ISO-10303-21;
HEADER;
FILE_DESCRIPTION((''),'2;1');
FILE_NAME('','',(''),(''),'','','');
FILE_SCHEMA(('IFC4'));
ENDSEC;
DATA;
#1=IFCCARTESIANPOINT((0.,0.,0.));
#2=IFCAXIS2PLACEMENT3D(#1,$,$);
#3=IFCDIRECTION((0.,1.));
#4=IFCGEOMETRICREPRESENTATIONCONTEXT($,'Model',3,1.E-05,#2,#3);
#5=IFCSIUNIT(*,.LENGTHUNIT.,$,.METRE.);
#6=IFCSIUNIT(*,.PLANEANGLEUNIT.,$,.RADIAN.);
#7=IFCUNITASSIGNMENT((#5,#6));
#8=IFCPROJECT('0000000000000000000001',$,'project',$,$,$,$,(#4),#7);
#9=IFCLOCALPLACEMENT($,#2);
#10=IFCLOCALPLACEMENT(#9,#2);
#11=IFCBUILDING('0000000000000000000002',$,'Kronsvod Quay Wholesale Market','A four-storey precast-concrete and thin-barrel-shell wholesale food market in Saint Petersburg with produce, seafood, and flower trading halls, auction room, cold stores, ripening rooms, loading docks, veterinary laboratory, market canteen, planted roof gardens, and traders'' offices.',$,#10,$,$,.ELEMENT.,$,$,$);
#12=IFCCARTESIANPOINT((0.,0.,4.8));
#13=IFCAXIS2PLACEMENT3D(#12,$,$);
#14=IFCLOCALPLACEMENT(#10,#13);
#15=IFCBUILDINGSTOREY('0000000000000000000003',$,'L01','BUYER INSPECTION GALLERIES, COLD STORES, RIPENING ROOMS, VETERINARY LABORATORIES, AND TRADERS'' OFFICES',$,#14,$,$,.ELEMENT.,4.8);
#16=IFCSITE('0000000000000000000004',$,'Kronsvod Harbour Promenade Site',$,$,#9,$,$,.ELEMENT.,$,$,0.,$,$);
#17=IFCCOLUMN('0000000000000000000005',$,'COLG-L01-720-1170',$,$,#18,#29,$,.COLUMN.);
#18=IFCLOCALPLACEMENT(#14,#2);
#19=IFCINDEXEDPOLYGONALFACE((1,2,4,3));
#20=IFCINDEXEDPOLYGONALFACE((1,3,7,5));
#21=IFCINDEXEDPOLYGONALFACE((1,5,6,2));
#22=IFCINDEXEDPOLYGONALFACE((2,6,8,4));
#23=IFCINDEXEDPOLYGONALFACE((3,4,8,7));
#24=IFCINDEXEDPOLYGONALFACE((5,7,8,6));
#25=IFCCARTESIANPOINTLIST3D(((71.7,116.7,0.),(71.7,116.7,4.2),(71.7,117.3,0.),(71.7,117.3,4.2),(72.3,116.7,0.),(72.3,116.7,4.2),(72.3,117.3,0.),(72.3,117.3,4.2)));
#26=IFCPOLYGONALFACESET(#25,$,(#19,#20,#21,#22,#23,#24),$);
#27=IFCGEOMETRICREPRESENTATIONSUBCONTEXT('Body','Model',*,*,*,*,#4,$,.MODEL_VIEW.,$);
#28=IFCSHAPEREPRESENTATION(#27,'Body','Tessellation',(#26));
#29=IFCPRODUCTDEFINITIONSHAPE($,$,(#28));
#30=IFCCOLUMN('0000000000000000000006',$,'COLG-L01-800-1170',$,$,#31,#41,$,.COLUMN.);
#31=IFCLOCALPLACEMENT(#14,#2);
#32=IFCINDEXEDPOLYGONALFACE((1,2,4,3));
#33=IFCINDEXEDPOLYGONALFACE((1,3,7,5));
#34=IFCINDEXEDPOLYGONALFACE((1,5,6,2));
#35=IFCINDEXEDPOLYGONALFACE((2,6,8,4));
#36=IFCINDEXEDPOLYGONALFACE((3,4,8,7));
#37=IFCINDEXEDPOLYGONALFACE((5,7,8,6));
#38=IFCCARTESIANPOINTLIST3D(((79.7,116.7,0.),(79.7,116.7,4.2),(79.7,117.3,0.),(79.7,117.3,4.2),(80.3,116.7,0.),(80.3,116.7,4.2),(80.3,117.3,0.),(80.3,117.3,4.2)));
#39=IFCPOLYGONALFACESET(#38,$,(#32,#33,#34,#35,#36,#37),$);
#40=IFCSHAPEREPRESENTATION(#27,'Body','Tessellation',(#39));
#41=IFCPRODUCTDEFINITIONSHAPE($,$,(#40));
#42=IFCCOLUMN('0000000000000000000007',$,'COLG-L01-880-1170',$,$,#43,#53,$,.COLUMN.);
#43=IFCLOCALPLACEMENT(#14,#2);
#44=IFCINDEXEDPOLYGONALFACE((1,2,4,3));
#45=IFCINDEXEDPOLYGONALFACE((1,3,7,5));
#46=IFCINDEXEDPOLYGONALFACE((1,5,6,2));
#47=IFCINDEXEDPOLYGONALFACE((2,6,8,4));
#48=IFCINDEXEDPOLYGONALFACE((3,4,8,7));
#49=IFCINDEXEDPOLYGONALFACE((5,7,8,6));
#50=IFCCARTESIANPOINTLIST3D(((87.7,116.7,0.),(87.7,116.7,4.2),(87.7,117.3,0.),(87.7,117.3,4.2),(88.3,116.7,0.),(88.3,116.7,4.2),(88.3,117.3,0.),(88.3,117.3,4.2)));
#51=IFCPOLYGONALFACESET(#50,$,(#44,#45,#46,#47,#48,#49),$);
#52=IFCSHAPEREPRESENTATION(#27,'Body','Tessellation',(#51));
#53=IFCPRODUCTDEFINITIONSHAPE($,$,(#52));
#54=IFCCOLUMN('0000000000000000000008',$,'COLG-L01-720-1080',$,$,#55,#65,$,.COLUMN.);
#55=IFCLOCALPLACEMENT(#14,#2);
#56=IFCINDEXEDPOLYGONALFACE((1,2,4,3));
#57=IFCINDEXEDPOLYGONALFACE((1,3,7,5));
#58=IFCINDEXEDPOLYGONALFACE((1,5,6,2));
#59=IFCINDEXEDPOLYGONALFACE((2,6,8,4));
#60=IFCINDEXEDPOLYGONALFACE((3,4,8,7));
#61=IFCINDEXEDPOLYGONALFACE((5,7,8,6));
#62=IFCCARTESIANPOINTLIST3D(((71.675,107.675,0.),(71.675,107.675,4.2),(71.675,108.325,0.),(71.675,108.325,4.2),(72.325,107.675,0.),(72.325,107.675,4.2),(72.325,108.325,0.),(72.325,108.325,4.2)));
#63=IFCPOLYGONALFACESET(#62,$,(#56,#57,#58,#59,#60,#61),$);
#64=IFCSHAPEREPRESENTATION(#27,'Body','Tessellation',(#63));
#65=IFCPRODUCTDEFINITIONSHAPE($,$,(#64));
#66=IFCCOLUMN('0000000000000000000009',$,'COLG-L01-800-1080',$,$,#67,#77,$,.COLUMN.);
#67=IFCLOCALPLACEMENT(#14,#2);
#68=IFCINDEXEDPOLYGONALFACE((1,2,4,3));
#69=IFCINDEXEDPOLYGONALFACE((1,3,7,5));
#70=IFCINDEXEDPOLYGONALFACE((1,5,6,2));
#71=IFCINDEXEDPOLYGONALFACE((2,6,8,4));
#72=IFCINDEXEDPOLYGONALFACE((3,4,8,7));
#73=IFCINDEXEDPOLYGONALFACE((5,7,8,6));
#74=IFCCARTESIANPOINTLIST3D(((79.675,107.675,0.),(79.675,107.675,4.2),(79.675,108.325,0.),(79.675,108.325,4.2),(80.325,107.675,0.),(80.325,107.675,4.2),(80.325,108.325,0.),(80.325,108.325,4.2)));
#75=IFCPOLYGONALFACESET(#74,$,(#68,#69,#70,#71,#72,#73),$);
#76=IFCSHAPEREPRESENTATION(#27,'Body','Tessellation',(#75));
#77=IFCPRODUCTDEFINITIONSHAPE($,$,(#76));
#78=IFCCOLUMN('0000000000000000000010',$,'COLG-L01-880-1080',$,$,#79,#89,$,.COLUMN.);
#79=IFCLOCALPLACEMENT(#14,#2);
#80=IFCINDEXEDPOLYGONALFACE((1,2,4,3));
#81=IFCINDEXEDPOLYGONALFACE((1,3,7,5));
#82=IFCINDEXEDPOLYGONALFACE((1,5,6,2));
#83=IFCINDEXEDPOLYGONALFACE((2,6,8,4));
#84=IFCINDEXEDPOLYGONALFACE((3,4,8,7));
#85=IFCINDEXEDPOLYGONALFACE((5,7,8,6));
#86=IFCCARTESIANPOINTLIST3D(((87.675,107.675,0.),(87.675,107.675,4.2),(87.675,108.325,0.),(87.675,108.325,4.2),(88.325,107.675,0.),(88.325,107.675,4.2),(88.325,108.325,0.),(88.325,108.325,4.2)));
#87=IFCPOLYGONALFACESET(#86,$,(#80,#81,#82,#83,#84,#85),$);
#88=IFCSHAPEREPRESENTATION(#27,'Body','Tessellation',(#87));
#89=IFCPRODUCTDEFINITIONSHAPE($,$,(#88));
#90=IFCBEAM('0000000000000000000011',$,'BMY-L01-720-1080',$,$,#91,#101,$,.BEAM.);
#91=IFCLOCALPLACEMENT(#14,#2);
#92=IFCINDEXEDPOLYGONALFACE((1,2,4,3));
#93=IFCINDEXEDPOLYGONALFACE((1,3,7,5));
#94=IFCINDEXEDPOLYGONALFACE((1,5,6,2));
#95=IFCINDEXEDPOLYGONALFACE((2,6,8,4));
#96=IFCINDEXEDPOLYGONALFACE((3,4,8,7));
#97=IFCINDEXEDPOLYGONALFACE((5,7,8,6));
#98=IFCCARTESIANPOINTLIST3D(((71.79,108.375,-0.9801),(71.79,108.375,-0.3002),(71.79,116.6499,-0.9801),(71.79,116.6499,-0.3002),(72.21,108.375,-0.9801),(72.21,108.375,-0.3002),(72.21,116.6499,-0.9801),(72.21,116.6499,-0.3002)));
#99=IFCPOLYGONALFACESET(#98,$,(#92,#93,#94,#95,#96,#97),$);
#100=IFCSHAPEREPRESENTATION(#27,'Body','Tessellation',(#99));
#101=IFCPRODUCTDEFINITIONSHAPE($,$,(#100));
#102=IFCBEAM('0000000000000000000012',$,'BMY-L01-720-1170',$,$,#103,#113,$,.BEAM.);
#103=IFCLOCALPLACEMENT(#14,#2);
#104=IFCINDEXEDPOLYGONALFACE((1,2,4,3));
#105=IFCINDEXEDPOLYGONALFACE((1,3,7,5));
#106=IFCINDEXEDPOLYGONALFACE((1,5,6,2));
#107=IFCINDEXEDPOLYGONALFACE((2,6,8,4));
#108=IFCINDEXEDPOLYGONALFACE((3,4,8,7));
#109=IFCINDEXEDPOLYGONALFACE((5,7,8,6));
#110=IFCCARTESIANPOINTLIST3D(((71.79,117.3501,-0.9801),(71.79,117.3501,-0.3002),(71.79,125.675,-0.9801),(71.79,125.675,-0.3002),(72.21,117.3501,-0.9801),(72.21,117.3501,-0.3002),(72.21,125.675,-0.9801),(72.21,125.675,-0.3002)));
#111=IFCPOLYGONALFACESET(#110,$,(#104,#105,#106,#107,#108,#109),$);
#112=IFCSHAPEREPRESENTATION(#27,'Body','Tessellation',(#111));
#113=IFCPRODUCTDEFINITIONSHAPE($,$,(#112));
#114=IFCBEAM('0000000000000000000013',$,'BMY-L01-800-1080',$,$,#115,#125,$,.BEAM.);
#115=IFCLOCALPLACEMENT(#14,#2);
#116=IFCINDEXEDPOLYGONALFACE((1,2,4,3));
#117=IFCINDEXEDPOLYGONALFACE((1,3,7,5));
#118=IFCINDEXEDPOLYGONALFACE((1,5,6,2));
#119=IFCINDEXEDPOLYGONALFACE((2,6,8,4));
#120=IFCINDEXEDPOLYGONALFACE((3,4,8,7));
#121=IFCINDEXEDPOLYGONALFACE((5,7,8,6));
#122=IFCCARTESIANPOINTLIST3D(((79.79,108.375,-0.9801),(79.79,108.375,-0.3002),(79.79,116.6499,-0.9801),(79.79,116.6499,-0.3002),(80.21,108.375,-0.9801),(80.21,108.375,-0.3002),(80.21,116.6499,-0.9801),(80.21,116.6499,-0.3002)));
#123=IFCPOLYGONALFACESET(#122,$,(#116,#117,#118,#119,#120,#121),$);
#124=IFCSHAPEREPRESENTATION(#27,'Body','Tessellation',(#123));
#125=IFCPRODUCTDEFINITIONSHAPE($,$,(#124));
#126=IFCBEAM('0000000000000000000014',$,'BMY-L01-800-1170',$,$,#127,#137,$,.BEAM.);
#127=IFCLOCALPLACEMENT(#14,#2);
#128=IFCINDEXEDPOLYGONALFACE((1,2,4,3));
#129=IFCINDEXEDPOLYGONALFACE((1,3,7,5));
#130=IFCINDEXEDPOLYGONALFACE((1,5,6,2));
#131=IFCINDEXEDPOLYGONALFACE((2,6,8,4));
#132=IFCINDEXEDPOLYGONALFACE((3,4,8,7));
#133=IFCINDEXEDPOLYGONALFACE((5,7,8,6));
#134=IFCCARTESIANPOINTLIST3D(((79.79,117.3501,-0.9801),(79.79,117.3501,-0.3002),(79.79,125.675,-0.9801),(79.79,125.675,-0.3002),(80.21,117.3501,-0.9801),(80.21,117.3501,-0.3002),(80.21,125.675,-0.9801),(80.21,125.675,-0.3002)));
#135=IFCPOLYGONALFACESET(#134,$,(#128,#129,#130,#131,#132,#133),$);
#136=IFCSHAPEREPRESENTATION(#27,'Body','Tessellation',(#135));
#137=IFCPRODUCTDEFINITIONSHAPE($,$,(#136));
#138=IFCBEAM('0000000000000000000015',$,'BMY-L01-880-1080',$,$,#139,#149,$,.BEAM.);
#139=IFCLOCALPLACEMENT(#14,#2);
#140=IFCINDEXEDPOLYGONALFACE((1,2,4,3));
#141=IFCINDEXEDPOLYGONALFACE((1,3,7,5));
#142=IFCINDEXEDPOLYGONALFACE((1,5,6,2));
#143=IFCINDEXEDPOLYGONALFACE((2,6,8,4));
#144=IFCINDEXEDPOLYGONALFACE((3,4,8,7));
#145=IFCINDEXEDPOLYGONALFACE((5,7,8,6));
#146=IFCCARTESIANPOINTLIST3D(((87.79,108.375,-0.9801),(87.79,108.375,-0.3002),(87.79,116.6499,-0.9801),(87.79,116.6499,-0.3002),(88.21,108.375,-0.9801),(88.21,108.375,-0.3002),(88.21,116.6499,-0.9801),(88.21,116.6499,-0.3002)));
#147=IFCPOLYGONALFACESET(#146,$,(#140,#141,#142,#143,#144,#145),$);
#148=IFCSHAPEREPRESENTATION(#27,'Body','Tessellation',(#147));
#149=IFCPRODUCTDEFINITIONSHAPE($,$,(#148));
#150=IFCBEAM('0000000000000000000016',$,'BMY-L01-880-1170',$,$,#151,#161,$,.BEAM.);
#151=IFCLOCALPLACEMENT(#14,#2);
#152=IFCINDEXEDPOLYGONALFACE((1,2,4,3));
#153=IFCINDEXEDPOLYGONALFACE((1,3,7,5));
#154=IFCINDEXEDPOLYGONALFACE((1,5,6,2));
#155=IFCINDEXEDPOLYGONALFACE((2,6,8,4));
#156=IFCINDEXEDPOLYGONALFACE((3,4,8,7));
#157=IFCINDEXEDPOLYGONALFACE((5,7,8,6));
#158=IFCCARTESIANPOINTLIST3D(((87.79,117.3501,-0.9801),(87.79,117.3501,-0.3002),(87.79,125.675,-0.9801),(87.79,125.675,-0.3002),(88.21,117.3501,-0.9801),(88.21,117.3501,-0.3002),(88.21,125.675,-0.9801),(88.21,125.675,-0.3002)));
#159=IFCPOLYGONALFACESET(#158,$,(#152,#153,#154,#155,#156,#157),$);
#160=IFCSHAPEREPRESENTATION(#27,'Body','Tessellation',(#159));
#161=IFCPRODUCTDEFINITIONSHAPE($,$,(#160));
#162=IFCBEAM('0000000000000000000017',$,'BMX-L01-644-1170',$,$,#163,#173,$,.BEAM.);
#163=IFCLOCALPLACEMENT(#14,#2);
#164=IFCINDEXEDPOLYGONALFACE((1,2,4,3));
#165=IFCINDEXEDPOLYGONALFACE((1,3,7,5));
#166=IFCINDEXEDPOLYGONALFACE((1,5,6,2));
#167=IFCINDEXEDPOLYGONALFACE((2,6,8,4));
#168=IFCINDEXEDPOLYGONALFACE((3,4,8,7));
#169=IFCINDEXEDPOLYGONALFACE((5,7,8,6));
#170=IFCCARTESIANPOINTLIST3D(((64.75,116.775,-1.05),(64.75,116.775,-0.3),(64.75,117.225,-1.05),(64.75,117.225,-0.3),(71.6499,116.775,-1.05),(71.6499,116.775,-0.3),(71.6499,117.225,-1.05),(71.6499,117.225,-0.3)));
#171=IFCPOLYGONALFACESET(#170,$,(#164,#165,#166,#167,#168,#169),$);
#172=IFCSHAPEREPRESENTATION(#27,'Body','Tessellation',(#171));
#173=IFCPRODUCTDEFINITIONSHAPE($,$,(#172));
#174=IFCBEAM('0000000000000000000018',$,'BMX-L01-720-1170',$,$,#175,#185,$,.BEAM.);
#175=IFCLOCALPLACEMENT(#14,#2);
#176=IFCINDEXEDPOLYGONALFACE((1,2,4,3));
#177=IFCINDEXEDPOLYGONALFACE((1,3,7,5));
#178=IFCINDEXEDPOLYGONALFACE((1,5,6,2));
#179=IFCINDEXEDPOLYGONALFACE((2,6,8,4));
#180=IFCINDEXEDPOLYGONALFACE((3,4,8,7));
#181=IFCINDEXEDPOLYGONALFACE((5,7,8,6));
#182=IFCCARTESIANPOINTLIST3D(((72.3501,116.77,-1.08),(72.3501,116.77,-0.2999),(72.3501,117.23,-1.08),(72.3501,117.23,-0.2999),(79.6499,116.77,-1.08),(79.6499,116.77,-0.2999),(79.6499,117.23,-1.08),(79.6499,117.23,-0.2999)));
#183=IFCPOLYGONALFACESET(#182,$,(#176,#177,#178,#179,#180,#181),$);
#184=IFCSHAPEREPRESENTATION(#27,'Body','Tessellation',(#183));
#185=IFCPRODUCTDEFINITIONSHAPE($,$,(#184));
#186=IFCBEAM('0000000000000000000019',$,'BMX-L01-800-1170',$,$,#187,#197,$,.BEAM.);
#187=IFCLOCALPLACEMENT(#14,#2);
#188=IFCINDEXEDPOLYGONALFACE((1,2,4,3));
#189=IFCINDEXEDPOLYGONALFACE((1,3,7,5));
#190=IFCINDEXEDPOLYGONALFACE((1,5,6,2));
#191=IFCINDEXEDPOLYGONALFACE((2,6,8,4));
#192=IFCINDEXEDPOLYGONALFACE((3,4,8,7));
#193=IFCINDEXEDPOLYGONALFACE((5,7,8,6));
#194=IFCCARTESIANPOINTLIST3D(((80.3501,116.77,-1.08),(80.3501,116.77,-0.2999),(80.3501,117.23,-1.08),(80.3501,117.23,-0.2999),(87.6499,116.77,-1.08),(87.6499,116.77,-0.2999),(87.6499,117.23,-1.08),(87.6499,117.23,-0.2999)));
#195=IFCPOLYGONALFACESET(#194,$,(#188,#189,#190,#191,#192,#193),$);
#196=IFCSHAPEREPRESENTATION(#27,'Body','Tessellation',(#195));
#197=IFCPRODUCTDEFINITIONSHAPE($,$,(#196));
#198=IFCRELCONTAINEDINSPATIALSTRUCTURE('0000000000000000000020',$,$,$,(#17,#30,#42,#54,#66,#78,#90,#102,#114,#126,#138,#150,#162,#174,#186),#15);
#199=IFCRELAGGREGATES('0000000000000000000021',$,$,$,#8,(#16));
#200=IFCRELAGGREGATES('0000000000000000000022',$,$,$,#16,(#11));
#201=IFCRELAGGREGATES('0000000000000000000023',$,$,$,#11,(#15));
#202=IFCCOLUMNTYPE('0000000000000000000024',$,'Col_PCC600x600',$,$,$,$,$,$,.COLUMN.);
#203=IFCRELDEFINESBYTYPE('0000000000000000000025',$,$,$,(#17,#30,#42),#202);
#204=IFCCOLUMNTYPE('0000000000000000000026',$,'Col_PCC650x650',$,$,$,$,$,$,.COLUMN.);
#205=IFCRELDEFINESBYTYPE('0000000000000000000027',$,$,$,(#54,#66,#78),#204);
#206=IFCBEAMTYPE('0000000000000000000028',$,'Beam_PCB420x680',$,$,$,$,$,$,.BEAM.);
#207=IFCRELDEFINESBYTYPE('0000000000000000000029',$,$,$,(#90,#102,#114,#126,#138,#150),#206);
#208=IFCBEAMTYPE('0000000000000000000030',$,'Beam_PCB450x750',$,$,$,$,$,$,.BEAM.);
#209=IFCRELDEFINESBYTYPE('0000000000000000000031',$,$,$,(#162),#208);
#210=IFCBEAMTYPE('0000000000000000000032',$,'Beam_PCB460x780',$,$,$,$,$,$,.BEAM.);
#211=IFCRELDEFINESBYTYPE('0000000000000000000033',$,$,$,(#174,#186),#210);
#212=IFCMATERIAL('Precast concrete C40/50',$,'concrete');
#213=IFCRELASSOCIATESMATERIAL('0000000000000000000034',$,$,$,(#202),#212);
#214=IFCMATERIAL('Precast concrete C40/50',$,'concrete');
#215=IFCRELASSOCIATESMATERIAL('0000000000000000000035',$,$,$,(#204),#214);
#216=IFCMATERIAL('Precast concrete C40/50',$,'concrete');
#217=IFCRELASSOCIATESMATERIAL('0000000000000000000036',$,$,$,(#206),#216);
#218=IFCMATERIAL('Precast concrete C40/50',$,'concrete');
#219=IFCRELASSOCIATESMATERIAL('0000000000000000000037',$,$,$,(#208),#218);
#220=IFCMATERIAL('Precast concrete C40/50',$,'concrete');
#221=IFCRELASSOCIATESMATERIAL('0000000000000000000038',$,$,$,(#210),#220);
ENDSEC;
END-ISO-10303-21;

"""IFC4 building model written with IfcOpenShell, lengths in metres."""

from ifc_helpers import new_model, si_unit, direction, frame, origin, origin_2d, place, context, subcontext, project, spatial, rectangle, extrude, material, material_profile, profile_set, type_object, element, save


model = new_model("IFC4")

# Units and contexts
model_context = context("Model", 3, precision=1e-05, world=origin(), true_north=direction((0.0, 1.0)))
body_context = subcontext(model_context, "Body", "Model", "MODEL_VIEW")
ifc_project = project(units=[si_unit("LENGTHUNIT", "METRE"), si_unit("PLANEANGLEUNIT", "RADIAN")], contexts=[model_context])

# Site, building, storey
site_placement = place(None, origin())
site = spatial("IfcSite", under=ifc_project, at=site_placement, Name="Kronsvod Harbour Promenade Site", CompositionType="ELEMENT", RefElevation=0.0)
building_placement = place(site_placement, origin())
building = spatial("IfcBuilding", under=site, at=building_placement, Name="Kronsvod Quay Wholesale Market", Description="A four-storey precast-concrete and thin-barrel-shell wholesale food market in Saint Petersburg with produce, seafood, and flower trading halls, auction room, cold stores, ripening rooms, loading docks, veterinary laboratory, market canteen, planted roof gardens, and traders' offices.", CompositionType="ELEMENT")
storey_placement = place(building_placement, frame((0.0, 0.0, 4.8)))
storey = spatial("IfcBuildingStorey", under=building, at=storey_placement, Name="L01", Description="BUYER INSPECTION GALLERIES, COLD STORES, RIPENING ROOMS, VETERINARY LABORATORIES, AND TRADERS' OFFICES", CompositionType="ELEMENT", Elevation=4.8)

# Columns
ifc_material_1 = material(Name="Precast concrete C40/50", Category="concrete")
ifc_material_profile_1 = material_profile(ifc_material_1, rectangle(XDim=0.6001, YDim=0.6001, at=origin_2d()), Name="PCC600x600")
ifc_profile_set_1 = profile_set([ifc_material_profile_1], Name="Precast concrete C40/50")
column_type_1 = type_object("IfcColumnType", Name="Col_PCC600x600", PredefinedType="COLUMN", material=ifc_profile_set_1)
for number, where, z_axis, x_axis, name in (
    (1, (72.0, 117.0, 0.0), (0.0, 0.0, 1.0), (1.0, 0.0, 0.0), "COLG-L01-720-1170"),
    (2, (80.0, 117.0, 0.0), (0.0, 0.0, 1.0), (1.0, 0.0, 0.0), "COLG-L01-800-1170"),
    (3, (88.0, 117.0, 0.0), (0.0, 0.0, 1.0), (1.0, 0.0, 0.0), "COLG-L01-880-1170"),
):
    element("IfcColumn", number, at=place(storey_placement, frame(where, z_axis=z_axis, x_axis=x_axis)), inside=storey, type_object=column_type_1, Name=name, PredefinedType="COLUMN", context=body_context, shape_type="SweptSolid", body=[
        extrude(rectangle(XDim=0.6001, YDim=0.6001, at=origin_2d()), origin(), (0.0, 0.0, 1.0), 4.2),
    ])
ifc_material_2 = material(Name="Precast concrete C40/50", Category="concrete")
ifc_material_profile_2 = material_profile(ifc_material_2, rectangle(XDim=0.6499, YDim=0.6499, at=origin_2d()), Name="COL-08")
ifc_profile_set_2 = profile_set([ifc_material_profile_2], Name="Precast concrete C40/50")
column_type_2 = type_object("IfcColumnType", Name="Col_PCC650x650", PredefinedType="COLUMN", material=ifc_profile_set_2)
for number, where, z_axis, x_axis, name in (
    (4, (72.0, 108.0, 0.0), (0.0, 0.0, 1.0), (1.0, 0.0, 0.0), "COLG-L01-720-1080"),
    (5, (80.0, 108.0, 0.0), (0.0, 0.0, 1.0), (1.0, 0.0, 0.0), "COLG-L01-800-1080"),
    (6, (88.0, 108.0, 0.0), (0.0, 0.0, 1.0), (1.0, 0.0, 0.0), "COLG-L01-880-1080"),
):
    element("IfcColumn", number, at=place(storey_placement, frame(where, z_axis=z_axis, x_axis=x_axis)), inside=storey, type_object=column_type_2, Name=name, PredefinedType="COLUMN", context=body_context, shape_type="SweptSolid", body=[
        extrude(rectangle(XDim=0.6499, YDim=0.6499, at=origin_2d()), origin(), (0.0, 0.0, 1.0), 4.2),
    ])

# Beams
ifc_material_3 = material(Name="Precast concrete C40/50", Category="concrete")
ifc_material_profile_3 = material_profile(ifc_material_3, rectangle(XDim=0.4199, YDim=0.6799, at=origin_2d()), Name="PB-05")
ifc_profile_set_3 = profile_set([ifc_material_profile_3], Name="Precast concrete C40/50")
beam_type_1 = type_object("IfcBeamType", Name="Beam_PCB420x680", PredefinedType="BEAM", material=ifc_profile_set_3)
beam_1_placement = place(storey_placement, frame((72.0, 108.375, -0.6401), z_axis=(0.0, 1.0, 0.0), x_axis=(-1.0, 0.0, 0.0)))
element("IfcBeam", 7, at=beam_1_placement, inside=storey, type_object=beam_type_1, Name="BMY-L01-720-1080", PredefinedType="BEAM", context=body_context, shape_type="SweptSolid", body=[
    extrude(rectangle(XDim=0.4199, YDim=0.6799, at=origin_2d()), origin(), (0.0, 0.0, 1.0), 8.2749),
])
beam_2_placement = place(storey_placement, frame((72.0, 117.3501, -0.6401), z_axis=(0.0, 1.0, 0.0), x_axis=(-1.0, 0.0, 0.0)))
element("IfcBeam", 8, at=beam_2_placement, inside=storey, type_object=beam_type_1, Name="BMY-L01-720-1170", PredefinedType="BEAM", context=body_context, shape_type="SweptSolid", body=[
    extrude(rectangle(XDim=0.4199, YDim=0.6799, at=origin_2d()), origin(), (0.0, 0.0, 1.0), 8.325),
])
beam_3_placement = place(storey_placement, frame((80.0, 108.375, -0.6401), z_axis=(0.0, 1.0, 0.0), x_axis=(-1.0, 0.0, 0.0)))
element("IfcBeam", 9, at=beam_3_placement, inside=storey, type_object=beam_type_1, Name="BMY-L01-800-1080", PredefinedType="BEAM", context=body_context, shape_type="SweptSolid", body=[
    extrude(rectangle(XDim=0.4199, YDim=0.6799, at=origin_2d()), origin(), (0.0, 0.0, 1.0), 8.2749),
])
beam_4_placement = place(storey_placement, frame((80.0, 117.3501, -0.6401), z_axis=(0.0, 1.0, 0.0), x_axis=(-1.0, 0.0, 0.0)))
element("IfcBeam", 10, at=beam_4_placement, inside=storey, type_object=beam_type_1, Name="BMY-L01-800-1170", PredefinedType="BEAM", context=body_context, shape_type="SweptSolid", body=[
    extrude(rectangle(XDim=0.4199, YDim=0.6799, at=origin_2d()), origin(), (0.0, 0.0, 1.0), 8.325),
])
beam_5_placement = place(storey_placement, frame((88.0, 108.375, -0.6401), z_axis=(0.0, 1.0, 0.0), x_axis=(-1.0, 0.0, 0.0)))
element("IfcBeam", 11, at=beam_5_placement, inside=storey, type_object=beam_type_1, Name="BMY-L01-880-1080", PredefinedType="BEAM", context=body_context, shape_type="SweptSolid", body=[
    extrude(rectangle(XDim=0.4199, YDim=0.6799, at=origin_2d()), origin(), (0.0, 0.0, 1.0), 8.2749),
])
beam_6_placement = place(storey_placement, frame((88.0, 117.3501, -0.6401), z_axis=(0.0, 1.0, 0.0), x_axis=(-1.0, 0.0, 0.0)))
element("IfcBeam", 12, at=beam_6_placement, inside=storey, type_object=beam_type_1, Name="BMY-L01-880-1170", PredefinedType="BEAM", context=body_context, shape_type="SweptSolid", body=[
    extrude(rectangle(XDim=0.4199, YDim=0.6799, at=origin_2d()), origin(), (0.0, 0.0, 1.0), 8.325),
])
ifc_material_4 = material(Name="Precast concrete C40/50", Category="concrete")
ifc_material_profile_4 = material_profile(ifc_material_4, rectangle(XDim=0.45, YDim=0.75, at=origin_2d()), Name="PCB450x750")
ifc_profile_set_4 = profile_set([ifc_material_profile_4], Name="Precast concrete C40/50")
beam_type_2 = type_object("IfcBeamType", Name="Beam_PCB450x750", PredefinedType="BEAM", material=ifc_profile_set_4)
beam_7_placement = place(storey_placement, frame((64.75, 117.0, -0.675), z_axis=(1.0, 0.0, 0.0), x_axis=(0.0, 1.0, 0.0)))
element("IfcBeam", 13, at=beam_7_placement, inside=storey, type_object=beam_type_2, Name="BMX-L01-644-1170", PredefinedType="BEAM", context=body_context, shape_type="SweptSolid", body=[
    extrude(rectangle(XDim=0.45, YDim=0.75, at=origin_2d()), origin(), (0.0, 0.0, 1.0), 6.8999),
])
ifc_material_5 = material(Name="Precast concrete C40/50", Category="concrete")
ifc_material_profile_5 = material_profile(ifc_material_5, rectangle(XDim=0.46, YDim=0.78, at=origin_2d()), Name="PB-03")
ifc_profile_set_5 = profile_set([ifc_material_profile_5], Name="Precast concrete C40/50")
beam_type_3 = type_object("IfcBeamType", Name="Beam_PCB460x780", PredefinedType="BEAM", material=ifc_profile_set_5)
for number, where, z_axis, x_axis, name in (
    (14, (72.3501, 117.0, -0.6899), (1.0, 0.0, 0.0), (0.0, 1.0, 0.0), "BMX-L01-720-1170"),
    (15, (80.3501, 117.0, -0.6899), (1.0, 0.0, 0.0), (0.0, 1.0, 0.0), "BMX-L01-800-1170"),
):
    element("IfcBeam", number, at=place(storey_placement, frame(where, z_axis=z_axis, x_axis=x_axis)), inside=storey, type_object=beam_type_3, Name=name, PredefinedType="BEAM", context=body_context, shape_type="SweptSolid", body=[
        extrude(rectangle(XDim=0.46, YDim=0.78, at=origin_2d()), origin(), (0.0, 0.0, 1.0), 7.2998),
    ])

save(model, "model.ifc")
